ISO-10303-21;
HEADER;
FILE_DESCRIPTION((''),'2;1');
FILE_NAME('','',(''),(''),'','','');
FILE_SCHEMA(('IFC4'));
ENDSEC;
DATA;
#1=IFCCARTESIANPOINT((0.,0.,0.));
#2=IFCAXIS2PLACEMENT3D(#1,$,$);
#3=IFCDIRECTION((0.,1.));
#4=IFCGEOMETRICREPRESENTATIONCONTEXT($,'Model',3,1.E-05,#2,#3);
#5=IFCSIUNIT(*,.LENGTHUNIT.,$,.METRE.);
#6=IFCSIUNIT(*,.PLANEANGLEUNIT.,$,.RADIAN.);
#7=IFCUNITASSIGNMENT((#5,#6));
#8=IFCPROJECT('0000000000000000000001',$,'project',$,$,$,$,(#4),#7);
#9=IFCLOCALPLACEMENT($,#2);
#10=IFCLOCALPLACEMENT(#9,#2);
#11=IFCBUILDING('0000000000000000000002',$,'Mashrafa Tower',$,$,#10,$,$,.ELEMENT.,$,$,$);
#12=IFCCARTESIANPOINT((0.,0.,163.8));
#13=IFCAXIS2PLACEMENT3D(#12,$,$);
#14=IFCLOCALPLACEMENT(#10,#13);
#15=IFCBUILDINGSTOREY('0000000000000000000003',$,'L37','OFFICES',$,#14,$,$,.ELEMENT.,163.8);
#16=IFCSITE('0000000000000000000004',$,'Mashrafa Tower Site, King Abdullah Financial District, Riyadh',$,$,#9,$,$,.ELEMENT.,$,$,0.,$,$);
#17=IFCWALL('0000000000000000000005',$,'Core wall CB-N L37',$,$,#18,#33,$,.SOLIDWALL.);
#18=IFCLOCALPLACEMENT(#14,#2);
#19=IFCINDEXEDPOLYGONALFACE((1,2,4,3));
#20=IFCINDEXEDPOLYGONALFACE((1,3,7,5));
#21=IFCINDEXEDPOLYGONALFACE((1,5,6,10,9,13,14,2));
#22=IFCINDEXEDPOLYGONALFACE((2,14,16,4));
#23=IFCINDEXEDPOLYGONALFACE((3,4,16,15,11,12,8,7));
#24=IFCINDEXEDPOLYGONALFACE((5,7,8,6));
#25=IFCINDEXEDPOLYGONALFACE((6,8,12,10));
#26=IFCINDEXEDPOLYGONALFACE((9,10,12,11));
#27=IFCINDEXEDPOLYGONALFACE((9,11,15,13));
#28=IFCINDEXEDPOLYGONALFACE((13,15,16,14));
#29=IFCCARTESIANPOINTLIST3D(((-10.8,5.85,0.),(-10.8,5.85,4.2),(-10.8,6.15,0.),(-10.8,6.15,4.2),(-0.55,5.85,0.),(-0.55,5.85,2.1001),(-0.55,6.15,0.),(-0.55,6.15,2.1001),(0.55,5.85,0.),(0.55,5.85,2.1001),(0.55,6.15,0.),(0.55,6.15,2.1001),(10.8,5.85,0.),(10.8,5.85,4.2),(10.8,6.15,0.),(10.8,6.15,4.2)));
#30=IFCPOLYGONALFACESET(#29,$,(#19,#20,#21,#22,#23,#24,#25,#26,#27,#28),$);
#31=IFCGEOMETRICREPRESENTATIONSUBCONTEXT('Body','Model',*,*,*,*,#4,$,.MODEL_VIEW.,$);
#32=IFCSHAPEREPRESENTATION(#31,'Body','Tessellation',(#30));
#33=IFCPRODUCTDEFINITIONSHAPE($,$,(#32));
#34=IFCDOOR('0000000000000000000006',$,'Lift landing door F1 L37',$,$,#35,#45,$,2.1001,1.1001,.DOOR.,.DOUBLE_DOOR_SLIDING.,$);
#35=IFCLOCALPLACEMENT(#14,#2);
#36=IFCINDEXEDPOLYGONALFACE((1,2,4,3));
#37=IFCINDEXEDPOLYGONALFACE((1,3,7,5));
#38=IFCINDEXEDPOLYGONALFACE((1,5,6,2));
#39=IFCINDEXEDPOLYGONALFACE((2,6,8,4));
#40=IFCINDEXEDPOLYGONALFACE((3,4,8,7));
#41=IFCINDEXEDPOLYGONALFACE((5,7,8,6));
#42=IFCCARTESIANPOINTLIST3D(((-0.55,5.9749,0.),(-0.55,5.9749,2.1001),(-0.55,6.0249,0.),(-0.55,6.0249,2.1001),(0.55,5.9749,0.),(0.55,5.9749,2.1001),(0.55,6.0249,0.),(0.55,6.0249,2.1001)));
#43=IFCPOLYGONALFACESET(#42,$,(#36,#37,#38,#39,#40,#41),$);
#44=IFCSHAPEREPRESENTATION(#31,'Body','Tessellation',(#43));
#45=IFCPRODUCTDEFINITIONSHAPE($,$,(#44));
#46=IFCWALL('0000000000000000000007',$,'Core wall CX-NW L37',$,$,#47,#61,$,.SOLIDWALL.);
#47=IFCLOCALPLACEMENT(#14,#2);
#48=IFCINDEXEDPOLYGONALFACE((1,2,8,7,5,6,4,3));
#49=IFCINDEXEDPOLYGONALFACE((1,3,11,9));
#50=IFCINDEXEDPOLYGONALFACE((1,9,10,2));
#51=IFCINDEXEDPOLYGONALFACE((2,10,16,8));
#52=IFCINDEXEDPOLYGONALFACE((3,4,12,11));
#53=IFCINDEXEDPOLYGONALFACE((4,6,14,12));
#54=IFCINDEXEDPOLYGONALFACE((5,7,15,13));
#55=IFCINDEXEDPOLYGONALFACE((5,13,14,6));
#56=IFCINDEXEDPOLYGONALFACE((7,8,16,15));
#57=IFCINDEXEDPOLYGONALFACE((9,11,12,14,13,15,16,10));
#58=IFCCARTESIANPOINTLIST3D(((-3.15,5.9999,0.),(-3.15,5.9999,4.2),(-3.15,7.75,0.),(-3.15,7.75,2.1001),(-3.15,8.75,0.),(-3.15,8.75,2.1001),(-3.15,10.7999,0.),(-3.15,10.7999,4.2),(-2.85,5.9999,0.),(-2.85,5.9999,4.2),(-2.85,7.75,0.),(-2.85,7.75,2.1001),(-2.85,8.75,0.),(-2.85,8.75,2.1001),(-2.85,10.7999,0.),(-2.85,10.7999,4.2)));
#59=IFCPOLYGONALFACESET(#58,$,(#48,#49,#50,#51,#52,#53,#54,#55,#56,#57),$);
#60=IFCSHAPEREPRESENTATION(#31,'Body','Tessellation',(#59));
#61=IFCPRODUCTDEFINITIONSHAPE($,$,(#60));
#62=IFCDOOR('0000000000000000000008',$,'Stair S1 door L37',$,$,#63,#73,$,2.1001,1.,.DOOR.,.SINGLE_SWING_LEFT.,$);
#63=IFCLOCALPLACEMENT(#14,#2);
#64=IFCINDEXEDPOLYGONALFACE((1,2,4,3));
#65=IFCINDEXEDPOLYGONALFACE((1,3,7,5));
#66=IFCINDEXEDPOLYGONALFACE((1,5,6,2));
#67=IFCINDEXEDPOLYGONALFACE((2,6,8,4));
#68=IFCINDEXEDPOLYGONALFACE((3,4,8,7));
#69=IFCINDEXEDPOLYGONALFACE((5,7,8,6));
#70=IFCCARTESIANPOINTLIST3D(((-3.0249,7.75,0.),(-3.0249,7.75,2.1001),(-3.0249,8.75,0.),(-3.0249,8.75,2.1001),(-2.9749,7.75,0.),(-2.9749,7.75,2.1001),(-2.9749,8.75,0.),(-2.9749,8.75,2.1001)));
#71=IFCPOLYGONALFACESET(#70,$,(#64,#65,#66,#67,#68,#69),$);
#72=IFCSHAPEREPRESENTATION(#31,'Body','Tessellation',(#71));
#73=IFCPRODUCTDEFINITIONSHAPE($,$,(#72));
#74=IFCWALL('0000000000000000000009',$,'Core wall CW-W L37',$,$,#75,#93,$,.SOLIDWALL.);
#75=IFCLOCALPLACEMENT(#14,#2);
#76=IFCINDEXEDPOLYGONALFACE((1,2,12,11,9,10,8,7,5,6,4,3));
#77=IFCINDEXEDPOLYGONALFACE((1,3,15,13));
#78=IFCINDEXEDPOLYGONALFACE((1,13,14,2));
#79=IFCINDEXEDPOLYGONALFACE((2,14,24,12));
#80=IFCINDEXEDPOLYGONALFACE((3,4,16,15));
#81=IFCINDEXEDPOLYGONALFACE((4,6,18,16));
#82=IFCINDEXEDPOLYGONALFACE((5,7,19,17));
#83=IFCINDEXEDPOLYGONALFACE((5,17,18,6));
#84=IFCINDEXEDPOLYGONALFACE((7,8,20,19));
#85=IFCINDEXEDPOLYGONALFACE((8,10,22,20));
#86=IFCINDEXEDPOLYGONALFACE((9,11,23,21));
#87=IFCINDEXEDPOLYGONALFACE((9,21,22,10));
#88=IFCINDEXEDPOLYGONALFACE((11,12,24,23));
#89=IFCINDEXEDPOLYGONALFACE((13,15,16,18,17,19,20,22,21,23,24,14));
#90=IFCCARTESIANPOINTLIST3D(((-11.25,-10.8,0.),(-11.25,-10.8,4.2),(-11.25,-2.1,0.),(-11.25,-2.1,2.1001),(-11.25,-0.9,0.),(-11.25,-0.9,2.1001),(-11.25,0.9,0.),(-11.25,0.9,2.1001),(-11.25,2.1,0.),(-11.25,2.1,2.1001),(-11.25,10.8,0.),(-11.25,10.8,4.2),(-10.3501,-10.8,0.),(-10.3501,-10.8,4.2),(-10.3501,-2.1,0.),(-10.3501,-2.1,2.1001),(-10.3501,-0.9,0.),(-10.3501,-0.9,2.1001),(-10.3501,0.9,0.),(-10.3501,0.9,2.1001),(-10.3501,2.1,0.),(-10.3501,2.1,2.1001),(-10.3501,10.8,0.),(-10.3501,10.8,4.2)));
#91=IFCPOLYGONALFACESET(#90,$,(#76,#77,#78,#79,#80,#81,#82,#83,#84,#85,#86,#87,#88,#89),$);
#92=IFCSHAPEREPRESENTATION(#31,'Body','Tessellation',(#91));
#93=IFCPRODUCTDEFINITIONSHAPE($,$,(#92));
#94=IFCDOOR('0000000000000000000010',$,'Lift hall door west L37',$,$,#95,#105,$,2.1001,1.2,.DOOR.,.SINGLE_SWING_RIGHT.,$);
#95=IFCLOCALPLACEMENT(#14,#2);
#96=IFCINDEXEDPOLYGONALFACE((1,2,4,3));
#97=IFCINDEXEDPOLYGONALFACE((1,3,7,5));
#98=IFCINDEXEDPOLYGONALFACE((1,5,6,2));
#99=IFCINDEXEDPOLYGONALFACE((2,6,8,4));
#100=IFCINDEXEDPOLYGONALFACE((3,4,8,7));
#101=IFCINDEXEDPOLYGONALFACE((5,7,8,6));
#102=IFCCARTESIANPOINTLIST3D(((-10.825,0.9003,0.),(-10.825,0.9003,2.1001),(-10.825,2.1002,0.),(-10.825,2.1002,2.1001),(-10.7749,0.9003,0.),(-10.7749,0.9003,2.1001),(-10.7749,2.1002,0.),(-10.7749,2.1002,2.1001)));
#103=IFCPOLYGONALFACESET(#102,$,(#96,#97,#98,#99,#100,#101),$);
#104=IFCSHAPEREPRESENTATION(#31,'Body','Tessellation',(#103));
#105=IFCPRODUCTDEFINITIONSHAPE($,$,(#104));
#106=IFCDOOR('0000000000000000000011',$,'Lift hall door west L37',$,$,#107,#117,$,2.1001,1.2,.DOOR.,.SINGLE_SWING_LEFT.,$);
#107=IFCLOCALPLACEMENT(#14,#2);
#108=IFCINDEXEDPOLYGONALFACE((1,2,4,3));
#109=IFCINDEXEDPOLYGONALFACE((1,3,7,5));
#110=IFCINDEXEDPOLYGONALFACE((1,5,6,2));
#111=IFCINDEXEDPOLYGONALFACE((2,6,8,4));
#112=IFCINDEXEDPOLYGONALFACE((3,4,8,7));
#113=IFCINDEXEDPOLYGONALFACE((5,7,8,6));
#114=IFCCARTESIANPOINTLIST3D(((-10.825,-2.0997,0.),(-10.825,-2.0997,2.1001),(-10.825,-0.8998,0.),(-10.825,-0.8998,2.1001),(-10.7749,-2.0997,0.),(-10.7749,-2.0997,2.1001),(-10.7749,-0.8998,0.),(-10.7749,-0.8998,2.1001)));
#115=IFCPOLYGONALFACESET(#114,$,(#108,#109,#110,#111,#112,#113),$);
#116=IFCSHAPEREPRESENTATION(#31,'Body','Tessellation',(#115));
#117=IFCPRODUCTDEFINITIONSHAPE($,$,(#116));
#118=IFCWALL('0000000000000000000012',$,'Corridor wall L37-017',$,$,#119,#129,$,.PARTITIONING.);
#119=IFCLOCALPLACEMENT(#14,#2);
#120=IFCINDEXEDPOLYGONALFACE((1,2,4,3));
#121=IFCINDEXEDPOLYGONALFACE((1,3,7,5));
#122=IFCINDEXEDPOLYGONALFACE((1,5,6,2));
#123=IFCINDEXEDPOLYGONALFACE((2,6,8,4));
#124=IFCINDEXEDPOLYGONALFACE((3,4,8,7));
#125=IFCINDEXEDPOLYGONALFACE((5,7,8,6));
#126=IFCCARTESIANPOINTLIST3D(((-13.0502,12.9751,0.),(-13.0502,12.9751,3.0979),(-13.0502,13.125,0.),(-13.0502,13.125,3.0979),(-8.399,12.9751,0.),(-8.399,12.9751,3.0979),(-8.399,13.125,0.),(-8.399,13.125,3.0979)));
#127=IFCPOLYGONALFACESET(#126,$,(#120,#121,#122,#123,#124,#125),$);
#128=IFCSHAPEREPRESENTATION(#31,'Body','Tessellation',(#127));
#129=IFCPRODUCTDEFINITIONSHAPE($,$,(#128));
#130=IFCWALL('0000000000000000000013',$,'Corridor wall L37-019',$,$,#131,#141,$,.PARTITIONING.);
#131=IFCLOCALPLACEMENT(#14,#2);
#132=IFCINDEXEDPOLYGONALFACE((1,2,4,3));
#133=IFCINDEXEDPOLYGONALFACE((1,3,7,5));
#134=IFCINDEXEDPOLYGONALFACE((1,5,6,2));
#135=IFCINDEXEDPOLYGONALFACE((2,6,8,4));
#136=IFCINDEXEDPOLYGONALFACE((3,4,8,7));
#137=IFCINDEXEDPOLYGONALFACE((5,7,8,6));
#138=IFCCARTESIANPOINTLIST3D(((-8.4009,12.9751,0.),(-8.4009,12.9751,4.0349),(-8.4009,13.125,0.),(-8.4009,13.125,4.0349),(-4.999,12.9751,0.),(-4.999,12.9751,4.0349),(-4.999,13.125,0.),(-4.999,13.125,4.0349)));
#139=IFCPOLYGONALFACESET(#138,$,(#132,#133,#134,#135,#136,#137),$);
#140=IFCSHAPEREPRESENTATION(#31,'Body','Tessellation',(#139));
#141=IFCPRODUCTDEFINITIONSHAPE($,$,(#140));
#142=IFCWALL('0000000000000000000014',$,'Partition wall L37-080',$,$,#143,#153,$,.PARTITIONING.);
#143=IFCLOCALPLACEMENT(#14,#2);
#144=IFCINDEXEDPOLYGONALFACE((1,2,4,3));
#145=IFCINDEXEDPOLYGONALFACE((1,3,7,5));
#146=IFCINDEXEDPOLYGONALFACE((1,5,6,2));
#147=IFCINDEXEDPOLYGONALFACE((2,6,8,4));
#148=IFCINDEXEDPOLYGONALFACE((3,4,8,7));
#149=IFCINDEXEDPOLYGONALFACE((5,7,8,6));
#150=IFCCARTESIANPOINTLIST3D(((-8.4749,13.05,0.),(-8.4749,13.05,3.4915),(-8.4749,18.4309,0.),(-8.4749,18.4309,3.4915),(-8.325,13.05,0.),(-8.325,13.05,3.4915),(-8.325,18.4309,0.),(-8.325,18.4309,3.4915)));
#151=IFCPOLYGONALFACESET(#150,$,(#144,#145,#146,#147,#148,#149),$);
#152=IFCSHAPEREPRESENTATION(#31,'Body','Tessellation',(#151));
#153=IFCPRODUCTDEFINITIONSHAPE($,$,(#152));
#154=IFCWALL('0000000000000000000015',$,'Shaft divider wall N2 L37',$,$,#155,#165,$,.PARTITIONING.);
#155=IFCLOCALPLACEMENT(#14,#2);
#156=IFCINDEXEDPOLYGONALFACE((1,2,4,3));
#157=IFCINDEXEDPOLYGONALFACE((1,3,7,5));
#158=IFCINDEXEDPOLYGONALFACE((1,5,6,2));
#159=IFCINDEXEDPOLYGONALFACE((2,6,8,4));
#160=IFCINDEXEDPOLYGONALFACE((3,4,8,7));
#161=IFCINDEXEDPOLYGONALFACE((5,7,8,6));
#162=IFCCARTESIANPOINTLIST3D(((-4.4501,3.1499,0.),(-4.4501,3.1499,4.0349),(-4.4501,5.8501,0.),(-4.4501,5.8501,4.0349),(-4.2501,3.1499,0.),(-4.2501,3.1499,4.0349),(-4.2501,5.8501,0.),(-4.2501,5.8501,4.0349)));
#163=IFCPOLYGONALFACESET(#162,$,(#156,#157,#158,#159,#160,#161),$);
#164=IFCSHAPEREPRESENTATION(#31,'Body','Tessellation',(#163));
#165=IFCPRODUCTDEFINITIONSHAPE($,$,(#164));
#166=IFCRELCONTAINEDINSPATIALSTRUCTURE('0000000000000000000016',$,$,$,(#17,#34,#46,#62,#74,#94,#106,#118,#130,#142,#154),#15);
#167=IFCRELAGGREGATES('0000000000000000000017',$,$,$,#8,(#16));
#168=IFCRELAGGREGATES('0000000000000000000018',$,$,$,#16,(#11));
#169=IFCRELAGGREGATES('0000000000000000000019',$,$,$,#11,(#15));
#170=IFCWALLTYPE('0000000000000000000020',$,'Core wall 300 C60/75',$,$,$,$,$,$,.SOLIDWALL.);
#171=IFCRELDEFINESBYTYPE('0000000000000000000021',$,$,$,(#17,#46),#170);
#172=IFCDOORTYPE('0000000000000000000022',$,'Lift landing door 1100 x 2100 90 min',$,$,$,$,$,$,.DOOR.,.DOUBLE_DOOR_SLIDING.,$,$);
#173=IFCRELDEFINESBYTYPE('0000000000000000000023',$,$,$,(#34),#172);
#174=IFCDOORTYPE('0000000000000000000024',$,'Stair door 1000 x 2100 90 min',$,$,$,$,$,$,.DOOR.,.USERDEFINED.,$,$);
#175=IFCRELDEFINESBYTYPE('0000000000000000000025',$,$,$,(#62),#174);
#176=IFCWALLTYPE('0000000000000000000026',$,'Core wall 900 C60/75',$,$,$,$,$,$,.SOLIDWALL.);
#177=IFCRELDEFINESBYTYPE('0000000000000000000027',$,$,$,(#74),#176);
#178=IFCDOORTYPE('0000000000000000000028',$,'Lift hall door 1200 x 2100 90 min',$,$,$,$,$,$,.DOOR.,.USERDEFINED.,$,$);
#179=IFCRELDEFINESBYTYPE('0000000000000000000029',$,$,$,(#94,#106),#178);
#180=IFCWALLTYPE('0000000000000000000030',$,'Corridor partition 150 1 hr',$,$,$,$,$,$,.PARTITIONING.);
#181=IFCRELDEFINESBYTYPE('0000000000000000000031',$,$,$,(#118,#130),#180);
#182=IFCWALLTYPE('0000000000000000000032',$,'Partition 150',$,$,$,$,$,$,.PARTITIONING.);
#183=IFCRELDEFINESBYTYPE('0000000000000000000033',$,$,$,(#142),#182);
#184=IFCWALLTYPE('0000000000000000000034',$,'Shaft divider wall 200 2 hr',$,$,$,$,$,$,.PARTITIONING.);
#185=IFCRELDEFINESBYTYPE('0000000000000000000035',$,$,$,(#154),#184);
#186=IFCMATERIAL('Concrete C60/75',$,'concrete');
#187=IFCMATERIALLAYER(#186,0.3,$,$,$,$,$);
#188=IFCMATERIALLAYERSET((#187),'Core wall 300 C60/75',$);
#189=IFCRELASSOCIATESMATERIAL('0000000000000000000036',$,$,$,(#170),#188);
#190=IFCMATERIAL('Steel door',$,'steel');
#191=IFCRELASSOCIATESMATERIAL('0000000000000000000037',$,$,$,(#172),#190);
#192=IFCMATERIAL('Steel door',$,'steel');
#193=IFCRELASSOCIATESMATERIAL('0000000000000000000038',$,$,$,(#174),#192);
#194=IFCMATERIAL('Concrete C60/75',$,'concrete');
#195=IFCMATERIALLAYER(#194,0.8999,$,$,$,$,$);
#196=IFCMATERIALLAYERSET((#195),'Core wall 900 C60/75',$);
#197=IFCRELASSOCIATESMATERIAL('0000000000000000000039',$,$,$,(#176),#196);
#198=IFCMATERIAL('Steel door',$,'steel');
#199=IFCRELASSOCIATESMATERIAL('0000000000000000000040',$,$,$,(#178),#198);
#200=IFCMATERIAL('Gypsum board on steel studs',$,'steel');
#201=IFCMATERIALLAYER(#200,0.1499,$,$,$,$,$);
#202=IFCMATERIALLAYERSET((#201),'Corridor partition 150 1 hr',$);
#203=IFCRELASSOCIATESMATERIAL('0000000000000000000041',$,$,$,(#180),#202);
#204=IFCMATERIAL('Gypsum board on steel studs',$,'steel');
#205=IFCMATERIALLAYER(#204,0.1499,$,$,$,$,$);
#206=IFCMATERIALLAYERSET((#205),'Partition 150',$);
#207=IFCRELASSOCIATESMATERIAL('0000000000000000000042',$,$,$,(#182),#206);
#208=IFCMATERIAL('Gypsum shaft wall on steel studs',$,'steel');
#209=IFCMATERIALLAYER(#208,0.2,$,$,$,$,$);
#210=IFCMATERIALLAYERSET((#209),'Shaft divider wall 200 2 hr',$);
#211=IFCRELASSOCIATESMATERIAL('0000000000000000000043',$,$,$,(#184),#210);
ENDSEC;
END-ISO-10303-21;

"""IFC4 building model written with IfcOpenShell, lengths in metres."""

from ifc_helpers import new_model, si_unit, direction, frame, frame_2d, origin, place, context, subcontext, project, spatial, rectangle, extrude, material, layer, layer_set, type_object, element, fill, save


model = new_model("IFC4")

# Units and contexts
model_context = context("Model", 3, precision=1e-05, world=origin(), true_north=direction((0.0, 1.0)))
body_context = subcontext(model_context, "Body", "Model", "MODEL_VIEW")
ifc_project = project(units=[si_unit("LENGTHUNIT", "METRE"), si_unit("PLANEANGLEUNIT", "RADIAN")], contexts=[model_context])

# Site, building, storey
site_placement = place(None, origin())
site = spatial("IfcSite", under=ifc_project, at=site_placement, Name="Mashrafa Tower Site, King Abdullah Financial District, Riyadh", CompositionType="ELEMENT", RefElevation=0.0)
building_placement = place(site_placement, origin())
building = spatial("IfcBuilding", under=site, at=building_placement, Name="Mashrafa Tower", CompositionType="ELEMENT")
storey_placement = place(building_placement, frame((0.0, 0.0, 163.8)))
storey = spatial("IfcBuildingStorey", under=building, at=storey_placement, Name="L37", Description="OFFICES", CompositionType="ELEMENT", Elevation=163.8)

# Walls, openings, doors
ifc_material_1 = material(Name="Concrete C60/75", Category="concrete")
ifc_layer_1 = layer(ifc_material_1, 0.3)
ifc_layer_set_1 = layer_set([ifc_layer_1], Name="Core wall 300 C60/75")
wall_type_1 = type_object("IfcWallType", Name="Core wall 300 C60/75", PredefinedType="SOLIDWALL", material=ifc_layer_set_1)
wall_1_placement = place(storey_placement, frame((-10.8, 6.0, 0.0), z_axis=(0.0, 0.0, 1.0), x_axis=(1.0, 0.0, 0.0)))
wall_1 = element("IfcWall", 1, at=wall_1_placement, inside=storey, type_object=wall_type_1, Name="Core wall CB-N L37", PredefinedType="SOLIDWALL", context=body_context, shape_type="SweptSolid", body=[
    extrude(rectangle(XDim=21.6001, YDim=0.3, at=frame_2d((10.8, 0.0))), origin(), (0.0, 0.0, 1.0), 4.2),
])
opening_1_placement = place(wall_1_placement, frame((10.25, 0.0, 0.0)))
opening_1 = element("IfcOpeningElement", 2, at=opening_1_placement, cuts=wall_1, PredefinedType="OPENING", context=body_context, shape_type="SweptSolid", body=[
    extrude(rectangle(XDim=1.1001, YDim=2.1001, at=frame_2d((0.55, 1.05))), frame((0.0, 0.1599, 0.0), z_axis=(0.0, -1.0, 0.0), x_axis=(1.0, 0.0, 0.0)), (0.0, 0.0, 1.0), 0.3201),
])
ifc_material_2 = material(Name="Steel door", Category="steel")
door_type_1 = type_object("IfcDoorType", Name="Lift landing door 1100 x 2100 90 min", OperationType="DOUBLE_DOOR_SLIDING", PredefinedType="DOOR", material=ifc_material_2)
door_1_placement = place(opening_1_placement, origin())
door_1 = element("IfcDoor", 3, at=door_1_placement, inside=storey, type_object=door_type_1, Name="Lift landing door F1 L37", OperationType="DOUBLE_DOOR_SLIDING", OverallHeight=2.1001, OverallWidth=1.1001, PredefinedType="DOOR", context=body_context, shape_type="SweptSolid", body=[
    extrude(rectangle(XDim=1.1001, YDim=2.1001, at=frame_2d((0.55, 1.05))), frame((0.0, 0.0249, 0.0), z_axis=(0.0, -1.0, 0.0), x_axis=(1.0, 0.0, 0.0)), (0.0, 0.0, 1.0), 0.05),
])
fill(opening_1, door_1)
wall_2_placement = place(storey_placement, frame((-3.0, 6.0, 0.0), z_axis=(0.0, 0.0, 1.0), x_axis=(0.0, 1.0, 0.0)))
wall_2 = element("IfcWall", 4, at=wall_2_placement, inside=storey, type_object=wall_type_1, Name="Core wall CX-NW L37", PredefinedType="SOLIDWALL", context=body_context, shape_type="SweptSolid", body=[
    extrude(rectangle(XDim=4.8, YDim=0.3, at=frame_2d((2.3999, 0.0))), origin(), (0.0, 0.0, 1.0), 4.2),
])
opening_2_placement = place(wall_2_placement, frame((1.75, 0.0, 0.0)))
opening_2 = element("IfcOpeningElement", 5, at=opening_2_placement, cuts=wall_2, PredefinedType="OPENING", context=body_context, shape_type="SweptSolid", body=[
    extrude(rectangle(XDim=1.0, YDim=2.1001, at=frame_2d((0.5, 1.05))), frame((0.0, 0.1599, 0.0), z_axis=(0.0, -1.0, 0.0), x_axis=(1.0, 0.0, 0.0)), (0.0, 0.0, 1.0), 0.3201),
])
ifc_material_3 = material(Name="Steel door", Category="steel")
door_type_2 = type_object("IfcDoorType", Name="Stair door 1000 x 2100 90 min", OperationType="USERDEFINED", PredefinedType="DOOR", material=ifc_material_3)
door_2_placement = place(opening_2_placement, origin())
door_2 = element("IfcDoor", 6, at=door_2_placement, inside=storey, type_object=door_type_2, Name="Stair S1 door L37", OperationType="SINGLE_SWING_LEFT", OverallHeight=2.1001, OverallWidth=1.0, PredefinedType="DOOR", context=body_context, shape_type="SweptSolid", body=[
    extrude(rectangle(XDim=1.0, YDim=2.1001, at=frame_2d((0.5, 1.05))), frame((0.0, 0.0249, 0.0), z_axis=(0.0, -1.0, 0.0), x_axis=(1.0, 0.0, 0.0)), (0.0, 0.0, 1.0), 0.05),
])
fill(opening_2, door_2)

# Wall, openings, doors
ifc_material_4 = material(Name="Concrete C60/75", Category="concrete")
ifc_layer_2 = layer(ifc_material_4, 0.8999)
ifc_layer_set_2 = layer_set([ifc_layer_2], Name="Core wall 900 C60/75")
wall_type_2 = type_object("IfcWallType", Name="Core wall 900 C60/75", PredefinedType="SOLIDWALL", material=ifc_layer_set_2)
wall_3_placement = place(storey_placement, frame((-10.8, 10.8, 0.0), z_axis=(0.0, 0.0, 1.0), x_axis=(0.0, -1.0, 0.0)))
wall_3 = element("IfcWall", 7, at=wall_3_placement, inside=storey, type_object=wall_type_2, Name="Core wall CW-W L37", PredefinedType="SOLIDWALL", context=body_context, shape_type="SweptSolid", body=[
    extrude(rectangle(XDim=21.6001, YDim=0.8999, at=frame_2d((10.8, 0.0))), origin(), (0.0, 0.0, 1.0), 4.2),
])
opening_3_placement = place(wall_3_placement, frame((8.7, 0.0, 0.0)))
opening_3 = element("IfcOpeningElement", 8, at=opening_3_placement, cuts=wall_3, PredefinedType="OPENING", context=body_context, shape_type="SweptSolid", body=[
    extrude(rectangle(XDim=1.2, YDim=2.1001, at=frame_2d((0.6001, 1.05))), frame((0.0, 0.46, 0.0), z_axis=(0.0, -1.0, 0.0), x_axis=(1.0, 0.0, 0.0)), (0.0, 0.0, 1.0), 0.9199),
])
opening_4_placement = place(wall_3_placement, frame((11.7, 0.0, 0.0)))
opening_4 = element("IfcOpeningElement", 9, at=opening_4_placement, cuts=wall_3, PredefinedType="OPENING", context=body_context, shape_type="SweptSolid", body=[
    extrude(rectangle(XDim=1.2, YDim=2.1001, at=frame_2d((0.6001, 1.05))), frame((0.0, 0.46, 0.0), z_axis=(0.0, -1.0, 0.0), x_axis=(1.0, 0.0, 0.0)), (0.0, 0.0, 1.0), 0.9199),
])
ifc_material_5 = material(Name="Steel door", Category="steel")
door_type_3 = type_object("IfcDoorType", Name="Lift hall door 1200 x 2100 90 min", OperationType="USERDEFINED", PredefinedType="DOOR", material=ifc_material_5)
door_3_placement = place(opening_3_placement, frame((1.2, 0.0, 0.0), z_axis=(0.0, 0.0, 1.0), x_axis=(-1.0, 0.0, 0.0)))
door_3 = element("IfcDoor", 10, at=door_3_placement, inside=storey, type_object=door_type_3, Name="Lift hall door west L37", OperationType="SINGLE_SWING_RIGHT", OverallHeight=2.1001, OverallWidth=1.2, PredefinedType="DOOR", context=body_context, shape_type="SweptSolid", body=[
    extrude(rectangle(XDim=1.2, YDim=2.1001, at=frame_2d((0.6001, 1.05))), frame((0.0, 0.0249, 0.0), z_axis=(0.0, -1.0, 0.0), x_axis=(1.0, 0.0, 0.0)), (0.0, 0.0, 1.0), 0.05),
])
fill(opening_3, door_3)
door_4_placement = place(opening_4_placement, frame((1.2, 0.0, 0.0), z_axis=(0.0, 0.0, 1.0), x_axis=(-1.0, 0.0, 0.0)))
door_4 = element("IfcDoor", 11, at=door_4_placement, inside=storey, type_object=door_type_3, Name="Lift hall door west L37", OperationType="SINGLE_SWING_LEFT", OverallHeight=2.1001, OverallWidth=1.2, PredefinedType="DOOR", context=body_context, shape_type="SweptSolid", body=[
    extrude(rectangle(XDim=1.2, YDim=2.1001, at=frame_2d((0.6001, 1.05))), frame((0.0, 0.0249, 0.0), z_axis=(0.0, -1.0, 0.0), x_axis=(1.0, 0.0, 0.0)), (0.0, 0.0, 1.0), 0.05),
])
fill(opening_4, door_4)

# Walls
ifc_material_6 = material(Name="Gypsum board on steel studs", Category="steel")
ifc_layer_3 = layer(ifc_material_6, 0.1499)
ifc_layer_set_3 = layer_set([ifc_layer_3], Name="Corridor partition 150 1 hr")
wall_type_3 = type_object("IfcWallType", Name="Corridor partition 150 1 hr", PredefinedType="PARTITIONING", material=ifc_layer_set_3)
wall_4_placement = place(storey_placement, frame((-8.3989, 13.05, 0.0), z_axis=(0.0, 0.0, 1.0), x_axis=(-1.0, 0.0, 0.0)))
element("IfcWall", 12, at=wall_4_placement, inside=storey, type_object=wall_type_3, Name="Corridor wall L37-017", PredefinedType="PARTITIONING", context=body_context, shape_type="SweptSolid", body=[
    extrude(rectangle(XDim=4.6511, YDim=0.1499, at=frame_2d((2.3257, 0.0))), origin(), (0.0, 0.0, 1.0), 3.0979),
])
wall_5_placement = place(storey_placement, frame((-4.999, 13.05, 0.0), z_axis=(0.0, 0.0, 1.0), x_axis=(-1.0, 0.0, 0.0)))
element("IfcWall", 13, at=wall_5_placement, inside=storey, type_object=wall_type_3, Name="Corridor wall L37-019", PredefinedType="PARTITIONING", context=body_context, shape_type="SweptSolid", body=[
    extrude(rectangle(XDim=3.4019, YDim=0.1499, at=frame_2d((1.7009, 0.0))), origin(), (0.0, 0.0, 1.0), 4.0349),
])
ifc_material_7 = material(Name="Gypsum board on steel studs", Category="steel")
ifc_layer_4 = layer(ifc_material_7, 0.1499)
ifc_layer_set_4 = layer_set([ifc_layer_4], Name="Partition 150")
wall_type_4 = type_object("IfcWallType", Name="Partition 150", PredefinedType="PARTITIONING", material=ifc_layer_set_4)
wall_6_placement = place(storey_placement, frame((-8.3999, 13.05, 0.0), z_axis=(0.0, 0.0, 1.0), x_axis=(0.0, 1.0, 0.0)))
element("IfcWall", 14, at=wall_6_placement, inside=storey, type_object=wall_type_4, Name="Partition wall L37-080", PredefinedType="PARTITIONING", context=body_context, shape_type="SweptSolid", body=[
    extrude(rectangle(XDim=5.3809, YDim=0.1499, at=frame_2d((2.6904, 0.0))), origin(), (0.0, 0.0, 1.0), 3.4915),
])
ifc_material_8 = material(Name="Gypsum shaft wall on steel studs", Category="steel")
ifc_layer_5 = layer(ifc_material_8, 0.2)
ifc_layer_set_5 = layer_set([ifc_layer_5], Name="Shaft divider wall 200 2 hr")
wall_type_5 = type_object("IfcWallType", Name="Shaft divider wall 200 2 hr", PredefinedType="PARTITIONING", material=ifc_layer_set_5)
for number, where, z_axis, x_axis, name in (
    (15, (-4.3501, 3.1499, 0.0), (0.0, 0.0, 1.0), (0.0, 1.0, 0.0), "Shaft divider wall N2 L37"),
):
    element("IfcWall", number, at=place(storey_placement, frame(where, z_axis=z_axis, x_axis=x_axis)), inside=storey, type_object=wall_type_5, Name=name, PredefinedType="PARTITIONING", context=body_context, shape_type="SweptSolid", body=[
        extrude(rectangle(XDim=2.7002, YDim=0.2, at=frame_2d((1.3501, 0.0))), origin(), (0.0, 0.0, 1.0), 4.0349),
    ])

save(model, "model.ifc")
